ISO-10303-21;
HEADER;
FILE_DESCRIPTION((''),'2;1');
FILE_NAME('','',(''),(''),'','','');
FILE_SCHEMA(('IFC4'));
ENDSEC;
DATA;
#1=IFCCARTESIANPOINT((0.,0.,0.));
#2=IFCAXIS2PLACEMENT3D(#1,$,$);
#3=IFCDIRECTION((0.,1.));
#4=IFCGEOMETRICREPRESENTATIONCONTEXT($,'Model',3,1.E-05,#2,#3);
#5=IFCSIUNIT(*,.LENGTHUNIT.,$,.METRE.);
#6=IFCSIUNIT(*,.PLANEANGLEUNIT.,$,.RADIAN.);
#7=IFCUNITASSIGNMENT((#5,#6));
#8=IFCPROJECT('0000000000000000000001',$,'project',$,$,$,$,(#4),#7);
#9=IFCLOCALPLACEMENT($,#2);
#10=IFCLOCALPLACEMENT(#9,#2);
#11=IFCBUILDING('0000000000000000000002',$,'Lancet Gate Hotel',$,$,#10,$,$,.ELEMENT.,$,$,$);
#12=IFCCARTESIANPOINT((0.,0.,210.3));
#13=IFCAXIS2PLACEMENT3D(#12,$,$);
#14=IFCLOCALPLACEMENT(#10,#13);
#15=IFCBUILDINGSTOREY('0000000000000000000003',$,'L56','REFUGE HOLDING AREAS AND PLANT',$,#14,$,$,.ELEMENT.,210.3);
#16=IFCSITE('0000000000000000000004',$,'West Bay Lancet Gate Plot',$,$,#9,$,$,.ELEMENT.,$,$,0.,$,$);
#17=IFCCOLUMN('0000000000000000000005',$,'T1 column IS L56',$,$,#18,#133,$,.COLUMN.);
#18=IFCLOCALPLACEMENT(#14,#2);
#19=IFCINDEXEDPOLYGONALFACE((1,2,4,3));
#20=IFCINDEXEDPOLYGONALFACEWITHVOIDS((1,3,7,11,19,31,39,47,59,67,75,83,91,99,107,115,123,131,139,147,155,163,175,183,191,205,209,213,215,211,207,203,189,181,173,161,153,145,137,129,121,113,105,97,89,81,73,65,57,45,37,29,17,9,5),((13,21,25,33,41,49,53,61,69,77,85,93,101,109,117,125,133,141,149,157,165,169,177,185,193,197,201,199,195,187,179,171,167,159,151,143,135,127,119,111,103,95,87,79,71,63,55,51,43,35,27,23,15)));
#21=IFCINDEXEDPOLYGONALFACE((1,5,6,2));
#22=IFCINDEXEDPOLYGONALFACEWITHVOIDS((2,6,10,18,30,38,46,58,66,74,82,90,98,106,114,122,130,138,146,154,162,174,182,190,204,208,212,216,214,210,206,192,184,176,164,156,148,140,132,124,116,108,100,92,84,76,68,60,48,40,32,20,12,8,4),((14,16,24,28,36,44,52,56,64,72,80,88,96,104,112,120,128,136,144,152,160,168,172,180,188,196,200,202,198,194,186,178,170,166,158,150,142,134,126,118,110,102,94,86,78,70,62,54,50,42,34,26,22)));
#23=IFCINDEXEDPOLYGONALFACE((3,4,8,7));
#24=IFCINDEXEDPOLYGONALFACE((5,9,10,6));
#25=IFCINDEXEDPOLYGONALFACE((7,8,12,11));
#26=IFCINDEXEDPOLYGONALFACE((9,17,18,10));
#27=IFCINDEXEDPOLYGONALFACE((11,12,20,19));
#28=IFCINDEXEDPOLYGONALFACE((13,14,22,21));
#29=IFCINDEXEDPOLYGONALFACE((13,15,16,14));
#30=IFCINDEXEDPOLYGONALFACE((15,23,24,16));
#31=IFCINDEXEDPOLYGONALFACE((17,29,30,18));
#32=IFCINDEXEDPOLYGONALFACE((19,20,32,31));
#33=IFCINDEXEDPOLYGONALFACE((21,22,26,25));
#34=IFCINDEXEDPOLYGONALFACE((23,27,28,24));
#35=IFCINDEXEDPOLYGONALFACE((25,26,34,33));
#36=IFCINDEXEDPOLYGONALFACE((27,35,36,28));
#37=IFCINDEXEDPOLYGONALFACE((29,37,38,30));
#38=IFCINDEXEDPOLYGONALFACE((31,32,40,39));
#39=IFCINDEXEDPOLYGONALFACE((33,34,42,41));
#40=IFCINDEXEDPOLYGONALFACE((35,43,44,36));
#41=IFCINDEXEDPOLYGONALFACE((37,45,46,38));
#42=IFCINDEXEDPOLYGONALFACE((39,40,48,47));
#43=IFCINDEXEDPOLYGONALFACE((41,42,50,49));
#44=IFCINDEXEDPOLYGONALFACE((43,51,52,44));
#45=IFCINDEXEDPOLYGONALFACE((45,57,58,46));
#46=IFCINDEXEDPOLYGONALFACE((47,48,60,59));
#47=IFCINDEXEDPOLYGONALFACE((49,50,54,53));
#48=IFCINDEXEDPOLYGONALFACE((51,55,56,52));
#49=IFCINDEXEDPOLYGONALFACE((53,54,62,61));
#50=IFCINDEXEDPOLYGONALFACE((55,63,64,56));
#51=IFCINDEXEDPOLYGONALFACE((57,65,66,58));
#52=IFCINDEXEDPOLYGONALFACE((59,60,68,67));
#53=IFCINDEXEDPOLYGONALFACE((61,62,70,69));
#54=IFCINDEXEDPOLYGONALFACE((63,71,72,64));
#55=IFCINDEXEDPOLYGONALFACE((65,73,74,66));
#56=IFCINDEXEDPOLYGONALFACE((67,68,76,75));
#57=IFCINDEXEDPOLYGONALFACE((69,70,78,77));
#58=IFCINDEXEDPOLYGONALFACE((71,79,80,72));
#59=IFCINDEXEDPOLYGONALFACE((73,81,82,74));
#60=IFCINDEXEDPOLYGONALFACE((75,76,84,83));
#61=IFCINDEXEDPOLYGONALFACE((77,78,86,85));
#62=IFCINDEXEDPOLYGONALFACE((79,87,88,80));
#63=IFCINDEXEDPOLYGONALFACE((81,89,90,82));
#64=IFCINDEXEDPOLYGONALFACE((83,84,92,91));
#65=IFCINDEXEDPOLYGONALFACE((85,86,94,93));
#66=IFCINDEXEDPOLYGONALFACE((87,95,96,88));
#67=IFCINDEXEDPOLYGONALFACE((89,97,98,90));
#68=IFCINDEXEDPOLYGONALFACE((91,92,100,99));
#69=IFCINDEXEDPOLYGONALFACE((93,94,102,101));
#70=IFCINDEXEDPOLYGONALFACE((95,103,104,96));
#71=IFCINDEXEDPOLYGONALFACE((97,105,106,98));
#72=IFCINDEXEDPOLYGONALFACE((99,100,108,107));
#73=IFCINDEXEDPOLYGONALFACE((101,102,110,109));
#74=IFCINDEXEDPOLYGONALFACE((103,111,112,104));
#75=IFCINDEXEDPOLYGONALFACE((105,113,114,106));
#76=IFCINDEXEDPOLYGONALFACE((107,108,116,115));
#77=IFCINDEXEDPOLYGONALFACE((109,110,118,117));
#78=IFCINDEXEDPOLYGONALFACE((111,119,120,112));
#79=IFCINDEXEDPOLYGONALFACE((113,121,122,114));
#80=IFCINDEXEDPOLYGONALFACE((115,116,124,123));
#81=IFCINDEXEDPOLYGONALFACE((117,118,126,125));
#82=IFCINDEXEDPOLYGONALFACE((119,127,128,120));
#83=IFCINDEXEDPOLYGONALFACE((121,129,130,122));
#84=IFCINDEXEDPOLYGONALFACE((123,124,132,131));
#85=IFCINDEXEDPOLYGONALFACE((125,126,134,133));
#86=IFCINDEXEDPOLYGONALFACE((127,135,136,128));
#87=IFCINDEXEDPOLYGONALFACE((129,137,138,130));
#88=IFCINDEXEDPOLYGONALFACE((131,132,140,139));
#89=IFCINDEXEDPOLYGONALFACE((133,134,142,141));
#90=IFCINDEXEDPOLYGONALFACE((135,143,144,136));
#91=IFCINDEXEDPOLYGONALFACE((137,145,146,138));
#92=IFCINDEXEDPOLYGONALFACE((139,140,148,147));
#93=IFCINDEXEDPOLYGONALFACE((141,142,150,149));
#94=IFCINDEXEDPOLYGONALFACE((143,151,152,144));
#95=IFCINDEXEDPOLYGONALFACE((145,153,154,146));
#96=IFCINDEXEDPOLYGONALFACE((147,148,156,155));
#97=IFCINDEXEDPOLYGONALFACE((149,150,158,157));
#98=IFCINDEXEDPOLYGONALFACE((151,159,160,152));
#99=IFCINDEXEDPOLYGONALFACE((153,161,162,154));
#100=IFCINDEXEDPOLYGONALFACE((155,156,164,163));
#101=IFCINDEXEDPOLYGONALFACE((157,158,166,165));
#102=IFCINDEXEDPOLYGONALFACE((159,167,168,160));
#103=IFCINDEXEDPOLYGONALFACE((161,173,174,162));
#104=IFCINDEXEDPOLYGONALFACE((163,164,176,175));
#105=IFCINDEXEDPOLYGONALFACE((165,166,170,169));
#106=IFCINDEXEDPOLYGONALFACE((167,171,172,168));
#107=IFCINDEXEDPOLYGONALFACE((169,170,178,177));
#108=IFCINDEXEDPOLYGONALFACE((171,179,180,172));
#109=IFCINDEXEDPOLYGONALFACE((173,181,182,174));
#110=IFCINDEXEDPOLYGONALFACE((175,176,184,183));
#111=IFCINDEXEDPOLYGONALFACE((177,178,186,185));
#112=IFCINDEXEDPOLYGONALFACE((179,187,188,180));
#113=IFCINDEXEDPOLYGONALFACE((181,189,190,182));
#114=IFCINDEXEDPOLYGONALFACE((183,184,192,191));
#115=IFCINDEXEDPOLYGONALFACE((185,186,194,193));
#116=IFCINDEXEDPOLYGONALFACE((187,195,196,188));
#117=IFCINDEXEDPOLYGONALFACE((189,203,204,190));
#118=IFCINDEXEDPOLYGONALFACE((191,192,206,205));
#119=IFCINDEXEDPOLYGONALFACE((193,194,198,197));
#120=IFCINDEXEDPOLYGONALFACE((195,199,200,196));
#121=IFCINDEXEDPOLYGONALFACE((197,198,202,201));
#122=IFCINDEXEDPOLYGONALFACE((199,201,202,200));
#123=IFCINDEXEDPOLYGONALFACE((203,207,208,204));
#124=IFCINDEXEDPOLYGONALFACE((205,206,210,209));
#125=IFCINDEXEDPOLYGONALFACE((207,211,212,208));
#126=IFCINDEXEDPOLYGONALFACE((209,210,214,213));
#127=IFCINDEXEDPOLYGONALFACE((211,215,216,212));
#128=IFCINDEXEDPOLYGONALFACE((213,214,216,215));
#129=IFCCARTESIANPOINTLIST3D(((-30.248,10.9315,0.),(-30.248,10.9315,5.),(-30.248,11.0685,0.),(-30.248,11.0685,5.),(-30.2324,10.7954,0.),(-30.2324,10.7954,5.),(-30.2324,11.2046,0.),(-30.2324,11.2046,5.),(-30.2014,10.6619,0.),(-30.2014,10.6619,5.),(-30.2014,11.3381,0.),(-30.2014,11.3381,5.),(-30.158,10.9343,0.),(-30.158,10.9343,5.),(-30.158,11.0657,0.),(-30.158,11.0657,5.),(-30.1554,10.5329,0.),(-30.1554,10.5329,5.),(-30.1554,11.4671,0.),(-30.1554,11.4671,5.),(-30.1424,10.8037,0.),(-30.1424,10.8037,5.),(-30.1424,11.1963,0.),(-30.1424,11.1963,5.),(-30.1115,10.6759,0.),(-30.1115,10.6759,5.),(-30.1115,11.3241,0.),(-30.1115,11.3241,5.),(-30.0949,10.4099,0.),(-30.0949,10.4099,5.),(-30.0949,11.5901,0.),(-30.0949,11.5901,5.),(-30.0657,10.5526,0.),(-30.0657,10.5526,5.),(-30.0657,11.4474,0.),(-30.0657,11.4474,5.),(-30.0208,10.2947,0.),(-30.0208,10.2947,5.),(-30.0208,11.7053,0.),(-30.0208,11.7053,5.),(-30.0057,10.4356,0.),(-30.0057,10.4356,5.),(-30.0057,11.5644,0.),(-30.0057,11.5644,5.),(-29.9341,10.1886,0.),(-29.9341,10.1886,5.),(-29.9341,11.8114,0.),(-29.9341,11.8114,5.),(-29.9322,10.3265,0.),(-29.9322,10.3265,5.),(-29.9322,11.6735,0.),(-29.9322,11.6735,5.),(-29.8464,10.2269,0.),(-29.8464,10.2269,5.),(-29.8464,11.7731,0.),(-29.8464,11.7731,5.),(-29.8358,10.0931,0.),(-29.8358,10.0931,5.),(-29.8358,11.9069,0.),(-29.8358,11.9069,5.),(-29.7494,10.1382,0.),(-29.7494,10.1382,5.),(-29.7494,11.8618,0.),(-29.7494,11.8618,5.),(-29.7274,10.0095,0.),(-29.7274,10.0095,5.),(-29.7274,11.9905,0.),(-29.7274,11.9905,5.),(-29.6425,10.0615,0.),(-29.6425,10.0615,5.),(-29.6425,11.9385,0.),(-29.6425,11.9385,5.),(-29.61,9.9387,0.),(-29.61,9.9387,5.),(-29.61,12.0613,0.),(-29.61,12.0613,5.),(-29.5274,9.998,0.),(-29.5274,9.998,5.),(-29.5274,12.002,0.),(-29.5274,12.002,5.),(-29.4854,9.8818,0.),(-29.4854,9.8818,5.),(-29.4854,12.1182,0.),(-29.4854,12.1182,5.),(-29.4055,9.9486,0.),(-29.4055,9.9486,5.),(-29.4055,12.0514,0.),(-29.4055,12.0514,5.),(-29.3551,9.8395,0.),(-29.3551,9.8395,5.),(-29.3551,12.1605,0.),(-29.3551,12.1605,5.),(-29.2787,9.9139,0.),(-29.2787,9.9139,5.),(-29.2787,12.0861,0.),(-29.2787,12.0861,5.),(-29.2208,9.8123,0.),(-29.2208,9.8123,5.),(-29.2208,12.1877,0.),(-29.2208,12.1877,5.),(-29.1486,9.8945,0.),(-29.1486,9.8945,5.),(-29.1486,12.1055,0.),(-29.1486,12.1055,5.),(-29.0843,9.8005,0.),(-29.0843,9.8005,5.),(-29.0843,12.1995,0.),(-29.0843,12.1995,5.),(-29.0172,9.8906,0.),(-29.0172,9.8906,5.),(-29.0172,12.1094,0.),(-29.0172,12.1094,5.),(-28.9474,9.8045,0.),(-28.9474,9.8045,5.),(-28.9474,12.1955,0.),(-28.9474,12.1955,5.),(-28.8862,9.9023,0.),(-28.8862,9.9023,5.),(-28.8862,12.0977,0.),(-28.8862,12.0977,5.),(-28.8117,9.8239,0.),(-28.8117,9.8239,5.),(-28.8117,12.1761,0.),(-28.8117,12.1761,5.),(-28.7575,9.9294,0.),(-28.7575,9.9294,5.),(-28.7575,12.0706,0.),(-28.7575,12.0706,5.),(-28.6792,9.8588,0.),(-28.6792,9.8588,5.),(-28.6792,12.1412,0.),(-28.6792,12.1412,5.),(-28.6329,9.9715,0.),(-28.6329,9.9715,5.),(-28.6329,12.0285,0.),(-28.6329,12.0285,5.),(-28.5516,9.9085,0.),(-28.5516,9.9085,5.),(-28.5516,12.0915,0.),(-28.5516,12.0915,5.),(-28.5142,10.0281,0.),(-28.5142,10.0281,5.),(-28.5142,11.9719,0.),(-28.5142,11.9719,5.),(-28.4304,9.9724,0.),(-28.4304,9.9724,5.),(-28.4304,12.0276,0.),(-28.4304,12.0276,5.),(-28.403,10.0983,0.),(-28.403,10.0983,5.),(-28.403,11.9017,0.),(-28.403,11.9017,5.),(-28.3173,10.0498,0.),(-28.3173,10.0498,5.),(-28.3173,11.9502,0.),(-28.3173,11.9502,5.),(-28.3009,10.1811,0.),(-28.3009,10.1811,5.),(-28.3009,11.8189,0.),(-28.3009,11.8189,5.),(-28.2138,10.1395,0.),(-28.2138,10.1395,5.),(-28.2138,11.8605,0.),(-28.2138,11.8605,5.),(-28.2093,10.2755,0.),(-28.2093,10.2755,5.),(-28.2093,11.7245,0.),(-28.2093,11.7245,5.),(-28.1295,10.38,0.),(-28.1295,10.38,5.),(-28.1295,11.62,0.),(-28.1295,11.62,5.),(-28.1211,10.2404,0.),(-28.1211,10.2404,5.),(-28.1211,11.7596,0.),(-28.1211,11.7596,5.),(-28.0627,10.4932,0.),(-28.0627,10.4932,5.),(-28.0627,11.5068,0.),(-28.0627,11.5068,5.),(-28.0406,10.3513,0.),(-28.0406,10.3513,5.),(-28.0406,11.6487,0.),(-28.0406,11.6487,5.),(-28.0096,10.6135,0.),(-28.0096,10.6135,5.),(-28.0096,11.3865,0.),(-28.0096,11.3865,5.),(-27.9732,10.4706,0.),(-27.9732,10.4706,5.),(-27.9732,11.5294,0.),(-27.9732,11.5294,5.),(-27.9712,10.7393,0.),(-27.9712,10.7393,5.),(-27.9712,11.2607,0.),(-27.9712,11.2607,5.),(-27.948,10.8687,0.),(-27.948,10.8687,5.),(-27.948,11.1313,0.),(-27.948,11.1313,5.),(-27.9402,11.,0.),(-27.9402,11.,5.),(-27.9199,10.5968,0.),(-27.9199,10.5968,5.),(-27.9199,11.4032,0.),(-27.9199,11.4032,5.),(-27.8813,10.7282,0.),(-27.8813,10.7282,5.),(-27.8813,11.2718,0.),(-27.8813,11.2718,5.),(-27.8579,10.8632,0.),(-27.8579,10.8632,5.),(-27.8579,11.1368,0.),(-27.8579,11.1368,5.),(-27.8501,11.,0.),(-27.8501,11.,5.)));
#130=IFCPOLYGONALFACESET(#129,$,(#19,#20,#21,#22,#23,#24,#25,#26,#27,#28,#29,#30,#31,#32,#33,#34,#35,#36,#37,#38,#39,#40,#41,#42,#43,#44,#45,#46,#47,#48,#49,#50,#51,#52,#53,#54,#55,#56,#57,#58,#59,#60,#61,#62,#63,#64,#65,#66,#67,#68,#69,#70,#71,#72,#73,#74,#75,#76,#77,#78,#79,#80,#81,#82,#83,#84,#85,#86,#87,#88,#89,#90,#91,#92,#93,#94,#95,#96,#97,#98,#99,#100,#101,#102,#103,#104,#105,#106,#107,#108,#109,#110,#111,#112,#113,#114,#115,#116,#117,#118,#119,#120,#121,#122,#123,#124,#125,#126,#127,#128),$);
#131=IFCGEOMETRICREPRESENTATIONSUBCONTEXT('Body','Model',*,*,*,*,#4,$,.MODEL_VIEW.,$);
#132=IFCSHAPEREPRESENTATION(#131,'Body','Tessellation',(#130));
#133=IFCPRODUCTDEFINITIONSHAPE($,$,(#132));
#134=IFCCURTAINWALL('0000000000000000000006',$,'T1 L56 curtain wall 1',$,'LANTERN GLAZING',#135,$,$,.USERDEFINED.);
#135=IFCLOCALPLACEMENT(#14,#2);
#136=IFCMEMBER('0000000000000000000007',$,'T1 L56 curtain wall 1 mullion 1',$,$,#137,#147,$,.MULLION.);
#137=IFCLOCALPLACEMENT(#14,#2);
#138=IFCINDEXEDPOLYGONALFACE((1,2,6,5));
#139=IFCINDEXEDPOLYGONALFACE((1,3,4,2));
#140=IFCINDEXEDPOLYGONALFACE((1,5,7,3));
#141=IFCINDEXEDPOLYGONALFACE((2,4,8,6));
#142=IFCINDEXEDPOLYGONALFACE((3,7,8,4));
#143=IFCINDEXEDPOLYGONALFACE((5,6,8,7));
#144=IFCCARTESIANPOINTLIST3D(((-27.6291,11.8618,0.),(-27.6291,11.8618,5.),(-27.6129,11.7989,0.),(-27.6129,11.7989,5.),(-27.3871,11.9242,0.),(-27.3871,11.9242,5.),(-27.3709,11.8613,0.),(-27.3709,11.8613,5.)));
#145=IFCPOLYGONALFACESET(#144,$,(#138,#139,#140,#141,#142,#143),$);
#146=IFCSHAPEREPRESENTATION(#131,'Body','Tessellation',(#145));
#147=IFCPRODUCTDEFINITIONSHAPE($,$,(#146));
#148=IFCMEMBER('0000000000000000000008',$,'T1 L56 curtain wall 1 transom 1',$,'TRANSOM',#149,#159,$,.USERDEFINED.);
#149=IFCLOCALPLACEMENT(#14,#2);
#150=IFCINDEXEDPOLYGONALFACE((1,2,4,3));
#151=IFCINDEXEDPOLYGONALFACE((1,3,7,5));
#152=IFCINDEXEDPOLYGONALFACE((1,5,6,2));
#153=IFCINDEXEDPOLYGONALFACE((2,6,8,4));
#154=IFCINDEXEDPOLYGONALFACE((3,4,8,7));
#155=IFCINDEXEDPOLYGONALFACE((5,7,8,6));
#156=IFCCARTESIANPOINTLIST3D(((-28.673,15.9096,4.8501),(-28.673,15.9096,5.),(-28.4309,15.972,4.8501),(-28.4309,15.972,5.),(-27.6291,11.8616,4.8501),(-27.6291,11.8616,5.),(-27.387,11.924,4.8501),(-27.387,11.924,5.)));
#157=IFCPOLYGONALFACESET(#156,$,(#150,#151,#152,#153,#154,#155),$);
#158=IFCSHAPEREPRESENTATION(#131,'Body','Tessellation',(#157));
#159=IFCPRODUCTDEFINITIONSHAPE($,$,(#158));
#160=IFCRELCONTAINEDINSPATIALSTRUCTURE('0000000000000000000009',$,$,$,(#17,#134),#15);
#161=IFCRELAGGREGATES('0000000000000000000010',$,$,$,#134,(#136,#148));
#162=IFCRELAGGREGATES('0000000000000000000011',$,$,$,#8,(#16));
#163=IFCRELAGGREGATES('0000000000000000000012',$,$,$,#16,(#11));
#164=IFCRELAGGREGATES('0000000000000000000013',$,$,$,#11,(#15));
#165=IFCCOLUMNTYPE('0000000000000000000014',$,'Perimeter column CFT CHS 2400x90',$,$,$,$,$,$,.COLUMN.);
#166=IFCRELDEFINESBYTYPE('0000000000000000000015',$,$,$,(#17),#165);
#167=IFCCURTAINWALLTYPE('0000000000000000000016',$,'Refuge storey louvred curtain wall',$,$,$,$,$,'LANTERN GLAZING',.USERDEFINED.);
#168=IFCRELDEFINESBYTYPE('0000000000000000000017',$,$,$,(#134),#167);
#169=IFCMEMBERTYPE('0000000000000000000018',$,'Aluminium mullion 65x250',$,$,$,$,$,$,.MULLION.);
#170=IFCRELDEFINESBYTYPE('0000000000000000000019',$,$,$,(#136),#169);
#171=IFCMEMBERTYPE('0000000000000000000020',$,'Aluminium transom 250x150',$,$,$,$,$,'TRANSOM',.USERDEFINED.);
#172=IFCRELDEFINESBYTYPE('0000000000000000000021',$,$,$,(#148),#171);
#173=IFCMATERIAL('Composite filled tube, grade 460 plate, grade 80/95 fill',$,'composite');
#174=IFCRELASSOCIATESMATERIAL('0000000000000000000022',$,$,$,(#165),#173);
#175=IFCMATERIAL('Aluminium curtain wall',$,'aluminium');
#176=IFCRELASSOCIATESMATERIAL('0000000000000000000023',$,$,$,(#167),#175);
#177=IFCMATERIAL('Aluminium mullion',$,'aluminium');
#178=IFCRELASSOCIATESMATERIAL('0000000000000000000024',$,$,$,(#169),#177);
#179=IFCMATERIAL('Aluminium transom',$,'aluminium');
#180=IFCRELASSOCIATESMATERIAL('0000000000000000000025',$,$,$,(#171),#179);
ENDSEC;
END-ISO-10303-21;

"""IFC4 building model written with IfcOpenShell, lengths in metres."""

from ifc_helpers import new_model, si_unit, direction, frame, origin, origin_2d, place, context, subcontext, project, spatial, rectangle, hollow_circle, extrude, material, material_profile, profile_set, type_object, element, aggregate, save


model = new_model("IFC4")

# Units and contexts
model_context = context("Model", 3, precision=1e-05, world=origin(), true_north=direction((0.0, 1.0)))
body_context = subcontext(model_context, "Body", "Model", "MODEL_VIEW")
ifc_project = project(units=[si_unit("LENGTHUNIT", "METRE"), si_unit("PLANEANGLEUNIT", "RADIAN")], contexts=[model_context])

# Site, building, storey
site_placement = place(None, origin())
site = spatial("IfcSite", under=ifc_project, at=site_placement, Name="West Bay Lancet Gate Plot", CompositionType="ELEMENT", RefElevation=0.0)
building_placement = place(site_placement, origin())
building = spatial("IfcBuilding", under=site, at=building_placement, Name="Lancet Gate Hotel", CompositionType="ELEMENT")
storey_placement = place(building_placement, frame((0.0, 0.0, 210.3)))
storey = spatial("IfcBuildingStorey", under=building, at=storey_placement, Name="L56", Description="REFUGE HOLDING AREAS AND PLANT", CompositionType="ELEMENT", Elevation=210.3)

# Column
ifc_material_1 = material(Name="Composite filled tube, grade 460 plate, grade 80/95 fill", Category="composite")
ifc_material_profile_1 = material_profile(ifc_material_1, hollow_circle(Radius=1.2, WallThickness=0.0901, at=origin_2d()), Name="CHS 2400x90")
ifc_profile_set_1 = profile_set([ifc_material_profile_1], Name="Composite filled tube, grade 460 plate, grade 80/95 fill")
column_type = type_object("IfcColumnType", Name="Perimeter column CFT CHS 2400x90", PredefinedType="COLUMN", material=ifc_profile_set_1)
column_placement = place(storey_placement, frame((-29.05, 11.0, 0.0), z_axis=(0.0, 0.0, 1.0), x_axis=(1.0, 0.0, 0.0)))
element("IfcColumn", 1, at=column_placement, inside=storey, type_object=column_type, Name="T1 column IS L56", PredefinedType="COLUMN", context=body_context, shape_type="SweptSolid", body=[
    extrude(hollow_circle(Radius=1.2, WallThickness=0.0901, at=origin_2d()), origin(), (0.0, 0.0, 1.0), 5.0),
])

# Curtain wall, members
ifc_material_2 = material(Name="Aluminium curtain wall", Category="aluminium")
curtain_wall_type = type_object("IfcCurtainWallType", Name="Refuge storey louvred curtain wall", ElementType="LANTERN GLAZING", PredefinedType="USERDEFINED", material=ifc_material_2)
curtain_wall_placement = place(storey_placement, origin())
curtain_wall = element("IfcCurtainWall", 2, at=curtain_wall_placement, inside=storey, type_object=curtain_wall_type, Name="T1 L56 curtain wall 1", ObjectType="LANTERN GLAZING", PredefinedType="USERDEFINED")
ifc_material_3 = material(Name="Aluminium mullion", Category="aluminium")
ifc_material_profile_2 = material_profile(ifc_material_3, rectangle(XDim=0.0649, YDim=0.25, at=origin_2d()), Name="MULLION 65x250")
ifc_profile_set_2 = profile_set([ifc_material_profile_2], Name="Aluminium mullion")
member_type_1 = type_object("IfcMemberType", Name="Aluminium mullion 65x250", PredefinedType="MULLION", material=ifc_profile_set_2)
member_1_placement = place(storey_placement, frame((-27.5, 11.8616, 0.0), z_axis=(0.0, 0.0, 1.0), x_axis=(-0.249726, 0.968317, 0.0)))
member_1 = element("IfcMember", 3, at=member_1_placement, type_object=member_type_1, Name="T1 L56 curtain wall 1 mullion 1", PredefinedType="MULLION", context=body_context, shape_type="SweptSolid", body=[
    extrude(rectangle(XDim=0.0649, YDim=0.25, at=origin_2d()), origin(), (0.0, 0.0, 1.0), 5.0),
])
ifc_material_4 = material(Name="Aluminium transom", Category="aluminium")
ifc_material_profile_3 = material_profile(ifc_material_4, rectangle(XDim=0.25, YDim=0.1499, at=origin_2d()), Name="TRANSOM 250x150")
ifc_profile_set_3 = profile_set([ifc_material_profile_3], Name="Aluminium transom")
member_type_2 = type_object("IfcMemberType", Name="Aluminium transom 250x150", ElementType="TRANSOM", PredefinedType="USERDEFINED", material=ifc_profile_set_3)
member_2_placement = place(storey_placement, frame((-27.5081, 11.8928, 4.925), z_axis=(-0.249716, 0.968319, 0.0), x_axis=(-0.968319, -0.249716, 0.0)))
member_2 = element("IfcMember", 4, at=member_2_placement, type_object=member_type_2, Name="T1 L56 curtain wall 1 transom 1", ObjectType="TRANSOM", PredefinedType="USERDEFINED", context=body_context, shape_type="SweptSolid", body=[
    extrude(rectangle(XDim=0.25, YDim=0.1499, at=origin_2d()), origin(), (0.0, 0.0, 1.0), 4.1804),
])
aggregate(curtain_wall, [member_1, member_2])

save(model, "model.ifc")
